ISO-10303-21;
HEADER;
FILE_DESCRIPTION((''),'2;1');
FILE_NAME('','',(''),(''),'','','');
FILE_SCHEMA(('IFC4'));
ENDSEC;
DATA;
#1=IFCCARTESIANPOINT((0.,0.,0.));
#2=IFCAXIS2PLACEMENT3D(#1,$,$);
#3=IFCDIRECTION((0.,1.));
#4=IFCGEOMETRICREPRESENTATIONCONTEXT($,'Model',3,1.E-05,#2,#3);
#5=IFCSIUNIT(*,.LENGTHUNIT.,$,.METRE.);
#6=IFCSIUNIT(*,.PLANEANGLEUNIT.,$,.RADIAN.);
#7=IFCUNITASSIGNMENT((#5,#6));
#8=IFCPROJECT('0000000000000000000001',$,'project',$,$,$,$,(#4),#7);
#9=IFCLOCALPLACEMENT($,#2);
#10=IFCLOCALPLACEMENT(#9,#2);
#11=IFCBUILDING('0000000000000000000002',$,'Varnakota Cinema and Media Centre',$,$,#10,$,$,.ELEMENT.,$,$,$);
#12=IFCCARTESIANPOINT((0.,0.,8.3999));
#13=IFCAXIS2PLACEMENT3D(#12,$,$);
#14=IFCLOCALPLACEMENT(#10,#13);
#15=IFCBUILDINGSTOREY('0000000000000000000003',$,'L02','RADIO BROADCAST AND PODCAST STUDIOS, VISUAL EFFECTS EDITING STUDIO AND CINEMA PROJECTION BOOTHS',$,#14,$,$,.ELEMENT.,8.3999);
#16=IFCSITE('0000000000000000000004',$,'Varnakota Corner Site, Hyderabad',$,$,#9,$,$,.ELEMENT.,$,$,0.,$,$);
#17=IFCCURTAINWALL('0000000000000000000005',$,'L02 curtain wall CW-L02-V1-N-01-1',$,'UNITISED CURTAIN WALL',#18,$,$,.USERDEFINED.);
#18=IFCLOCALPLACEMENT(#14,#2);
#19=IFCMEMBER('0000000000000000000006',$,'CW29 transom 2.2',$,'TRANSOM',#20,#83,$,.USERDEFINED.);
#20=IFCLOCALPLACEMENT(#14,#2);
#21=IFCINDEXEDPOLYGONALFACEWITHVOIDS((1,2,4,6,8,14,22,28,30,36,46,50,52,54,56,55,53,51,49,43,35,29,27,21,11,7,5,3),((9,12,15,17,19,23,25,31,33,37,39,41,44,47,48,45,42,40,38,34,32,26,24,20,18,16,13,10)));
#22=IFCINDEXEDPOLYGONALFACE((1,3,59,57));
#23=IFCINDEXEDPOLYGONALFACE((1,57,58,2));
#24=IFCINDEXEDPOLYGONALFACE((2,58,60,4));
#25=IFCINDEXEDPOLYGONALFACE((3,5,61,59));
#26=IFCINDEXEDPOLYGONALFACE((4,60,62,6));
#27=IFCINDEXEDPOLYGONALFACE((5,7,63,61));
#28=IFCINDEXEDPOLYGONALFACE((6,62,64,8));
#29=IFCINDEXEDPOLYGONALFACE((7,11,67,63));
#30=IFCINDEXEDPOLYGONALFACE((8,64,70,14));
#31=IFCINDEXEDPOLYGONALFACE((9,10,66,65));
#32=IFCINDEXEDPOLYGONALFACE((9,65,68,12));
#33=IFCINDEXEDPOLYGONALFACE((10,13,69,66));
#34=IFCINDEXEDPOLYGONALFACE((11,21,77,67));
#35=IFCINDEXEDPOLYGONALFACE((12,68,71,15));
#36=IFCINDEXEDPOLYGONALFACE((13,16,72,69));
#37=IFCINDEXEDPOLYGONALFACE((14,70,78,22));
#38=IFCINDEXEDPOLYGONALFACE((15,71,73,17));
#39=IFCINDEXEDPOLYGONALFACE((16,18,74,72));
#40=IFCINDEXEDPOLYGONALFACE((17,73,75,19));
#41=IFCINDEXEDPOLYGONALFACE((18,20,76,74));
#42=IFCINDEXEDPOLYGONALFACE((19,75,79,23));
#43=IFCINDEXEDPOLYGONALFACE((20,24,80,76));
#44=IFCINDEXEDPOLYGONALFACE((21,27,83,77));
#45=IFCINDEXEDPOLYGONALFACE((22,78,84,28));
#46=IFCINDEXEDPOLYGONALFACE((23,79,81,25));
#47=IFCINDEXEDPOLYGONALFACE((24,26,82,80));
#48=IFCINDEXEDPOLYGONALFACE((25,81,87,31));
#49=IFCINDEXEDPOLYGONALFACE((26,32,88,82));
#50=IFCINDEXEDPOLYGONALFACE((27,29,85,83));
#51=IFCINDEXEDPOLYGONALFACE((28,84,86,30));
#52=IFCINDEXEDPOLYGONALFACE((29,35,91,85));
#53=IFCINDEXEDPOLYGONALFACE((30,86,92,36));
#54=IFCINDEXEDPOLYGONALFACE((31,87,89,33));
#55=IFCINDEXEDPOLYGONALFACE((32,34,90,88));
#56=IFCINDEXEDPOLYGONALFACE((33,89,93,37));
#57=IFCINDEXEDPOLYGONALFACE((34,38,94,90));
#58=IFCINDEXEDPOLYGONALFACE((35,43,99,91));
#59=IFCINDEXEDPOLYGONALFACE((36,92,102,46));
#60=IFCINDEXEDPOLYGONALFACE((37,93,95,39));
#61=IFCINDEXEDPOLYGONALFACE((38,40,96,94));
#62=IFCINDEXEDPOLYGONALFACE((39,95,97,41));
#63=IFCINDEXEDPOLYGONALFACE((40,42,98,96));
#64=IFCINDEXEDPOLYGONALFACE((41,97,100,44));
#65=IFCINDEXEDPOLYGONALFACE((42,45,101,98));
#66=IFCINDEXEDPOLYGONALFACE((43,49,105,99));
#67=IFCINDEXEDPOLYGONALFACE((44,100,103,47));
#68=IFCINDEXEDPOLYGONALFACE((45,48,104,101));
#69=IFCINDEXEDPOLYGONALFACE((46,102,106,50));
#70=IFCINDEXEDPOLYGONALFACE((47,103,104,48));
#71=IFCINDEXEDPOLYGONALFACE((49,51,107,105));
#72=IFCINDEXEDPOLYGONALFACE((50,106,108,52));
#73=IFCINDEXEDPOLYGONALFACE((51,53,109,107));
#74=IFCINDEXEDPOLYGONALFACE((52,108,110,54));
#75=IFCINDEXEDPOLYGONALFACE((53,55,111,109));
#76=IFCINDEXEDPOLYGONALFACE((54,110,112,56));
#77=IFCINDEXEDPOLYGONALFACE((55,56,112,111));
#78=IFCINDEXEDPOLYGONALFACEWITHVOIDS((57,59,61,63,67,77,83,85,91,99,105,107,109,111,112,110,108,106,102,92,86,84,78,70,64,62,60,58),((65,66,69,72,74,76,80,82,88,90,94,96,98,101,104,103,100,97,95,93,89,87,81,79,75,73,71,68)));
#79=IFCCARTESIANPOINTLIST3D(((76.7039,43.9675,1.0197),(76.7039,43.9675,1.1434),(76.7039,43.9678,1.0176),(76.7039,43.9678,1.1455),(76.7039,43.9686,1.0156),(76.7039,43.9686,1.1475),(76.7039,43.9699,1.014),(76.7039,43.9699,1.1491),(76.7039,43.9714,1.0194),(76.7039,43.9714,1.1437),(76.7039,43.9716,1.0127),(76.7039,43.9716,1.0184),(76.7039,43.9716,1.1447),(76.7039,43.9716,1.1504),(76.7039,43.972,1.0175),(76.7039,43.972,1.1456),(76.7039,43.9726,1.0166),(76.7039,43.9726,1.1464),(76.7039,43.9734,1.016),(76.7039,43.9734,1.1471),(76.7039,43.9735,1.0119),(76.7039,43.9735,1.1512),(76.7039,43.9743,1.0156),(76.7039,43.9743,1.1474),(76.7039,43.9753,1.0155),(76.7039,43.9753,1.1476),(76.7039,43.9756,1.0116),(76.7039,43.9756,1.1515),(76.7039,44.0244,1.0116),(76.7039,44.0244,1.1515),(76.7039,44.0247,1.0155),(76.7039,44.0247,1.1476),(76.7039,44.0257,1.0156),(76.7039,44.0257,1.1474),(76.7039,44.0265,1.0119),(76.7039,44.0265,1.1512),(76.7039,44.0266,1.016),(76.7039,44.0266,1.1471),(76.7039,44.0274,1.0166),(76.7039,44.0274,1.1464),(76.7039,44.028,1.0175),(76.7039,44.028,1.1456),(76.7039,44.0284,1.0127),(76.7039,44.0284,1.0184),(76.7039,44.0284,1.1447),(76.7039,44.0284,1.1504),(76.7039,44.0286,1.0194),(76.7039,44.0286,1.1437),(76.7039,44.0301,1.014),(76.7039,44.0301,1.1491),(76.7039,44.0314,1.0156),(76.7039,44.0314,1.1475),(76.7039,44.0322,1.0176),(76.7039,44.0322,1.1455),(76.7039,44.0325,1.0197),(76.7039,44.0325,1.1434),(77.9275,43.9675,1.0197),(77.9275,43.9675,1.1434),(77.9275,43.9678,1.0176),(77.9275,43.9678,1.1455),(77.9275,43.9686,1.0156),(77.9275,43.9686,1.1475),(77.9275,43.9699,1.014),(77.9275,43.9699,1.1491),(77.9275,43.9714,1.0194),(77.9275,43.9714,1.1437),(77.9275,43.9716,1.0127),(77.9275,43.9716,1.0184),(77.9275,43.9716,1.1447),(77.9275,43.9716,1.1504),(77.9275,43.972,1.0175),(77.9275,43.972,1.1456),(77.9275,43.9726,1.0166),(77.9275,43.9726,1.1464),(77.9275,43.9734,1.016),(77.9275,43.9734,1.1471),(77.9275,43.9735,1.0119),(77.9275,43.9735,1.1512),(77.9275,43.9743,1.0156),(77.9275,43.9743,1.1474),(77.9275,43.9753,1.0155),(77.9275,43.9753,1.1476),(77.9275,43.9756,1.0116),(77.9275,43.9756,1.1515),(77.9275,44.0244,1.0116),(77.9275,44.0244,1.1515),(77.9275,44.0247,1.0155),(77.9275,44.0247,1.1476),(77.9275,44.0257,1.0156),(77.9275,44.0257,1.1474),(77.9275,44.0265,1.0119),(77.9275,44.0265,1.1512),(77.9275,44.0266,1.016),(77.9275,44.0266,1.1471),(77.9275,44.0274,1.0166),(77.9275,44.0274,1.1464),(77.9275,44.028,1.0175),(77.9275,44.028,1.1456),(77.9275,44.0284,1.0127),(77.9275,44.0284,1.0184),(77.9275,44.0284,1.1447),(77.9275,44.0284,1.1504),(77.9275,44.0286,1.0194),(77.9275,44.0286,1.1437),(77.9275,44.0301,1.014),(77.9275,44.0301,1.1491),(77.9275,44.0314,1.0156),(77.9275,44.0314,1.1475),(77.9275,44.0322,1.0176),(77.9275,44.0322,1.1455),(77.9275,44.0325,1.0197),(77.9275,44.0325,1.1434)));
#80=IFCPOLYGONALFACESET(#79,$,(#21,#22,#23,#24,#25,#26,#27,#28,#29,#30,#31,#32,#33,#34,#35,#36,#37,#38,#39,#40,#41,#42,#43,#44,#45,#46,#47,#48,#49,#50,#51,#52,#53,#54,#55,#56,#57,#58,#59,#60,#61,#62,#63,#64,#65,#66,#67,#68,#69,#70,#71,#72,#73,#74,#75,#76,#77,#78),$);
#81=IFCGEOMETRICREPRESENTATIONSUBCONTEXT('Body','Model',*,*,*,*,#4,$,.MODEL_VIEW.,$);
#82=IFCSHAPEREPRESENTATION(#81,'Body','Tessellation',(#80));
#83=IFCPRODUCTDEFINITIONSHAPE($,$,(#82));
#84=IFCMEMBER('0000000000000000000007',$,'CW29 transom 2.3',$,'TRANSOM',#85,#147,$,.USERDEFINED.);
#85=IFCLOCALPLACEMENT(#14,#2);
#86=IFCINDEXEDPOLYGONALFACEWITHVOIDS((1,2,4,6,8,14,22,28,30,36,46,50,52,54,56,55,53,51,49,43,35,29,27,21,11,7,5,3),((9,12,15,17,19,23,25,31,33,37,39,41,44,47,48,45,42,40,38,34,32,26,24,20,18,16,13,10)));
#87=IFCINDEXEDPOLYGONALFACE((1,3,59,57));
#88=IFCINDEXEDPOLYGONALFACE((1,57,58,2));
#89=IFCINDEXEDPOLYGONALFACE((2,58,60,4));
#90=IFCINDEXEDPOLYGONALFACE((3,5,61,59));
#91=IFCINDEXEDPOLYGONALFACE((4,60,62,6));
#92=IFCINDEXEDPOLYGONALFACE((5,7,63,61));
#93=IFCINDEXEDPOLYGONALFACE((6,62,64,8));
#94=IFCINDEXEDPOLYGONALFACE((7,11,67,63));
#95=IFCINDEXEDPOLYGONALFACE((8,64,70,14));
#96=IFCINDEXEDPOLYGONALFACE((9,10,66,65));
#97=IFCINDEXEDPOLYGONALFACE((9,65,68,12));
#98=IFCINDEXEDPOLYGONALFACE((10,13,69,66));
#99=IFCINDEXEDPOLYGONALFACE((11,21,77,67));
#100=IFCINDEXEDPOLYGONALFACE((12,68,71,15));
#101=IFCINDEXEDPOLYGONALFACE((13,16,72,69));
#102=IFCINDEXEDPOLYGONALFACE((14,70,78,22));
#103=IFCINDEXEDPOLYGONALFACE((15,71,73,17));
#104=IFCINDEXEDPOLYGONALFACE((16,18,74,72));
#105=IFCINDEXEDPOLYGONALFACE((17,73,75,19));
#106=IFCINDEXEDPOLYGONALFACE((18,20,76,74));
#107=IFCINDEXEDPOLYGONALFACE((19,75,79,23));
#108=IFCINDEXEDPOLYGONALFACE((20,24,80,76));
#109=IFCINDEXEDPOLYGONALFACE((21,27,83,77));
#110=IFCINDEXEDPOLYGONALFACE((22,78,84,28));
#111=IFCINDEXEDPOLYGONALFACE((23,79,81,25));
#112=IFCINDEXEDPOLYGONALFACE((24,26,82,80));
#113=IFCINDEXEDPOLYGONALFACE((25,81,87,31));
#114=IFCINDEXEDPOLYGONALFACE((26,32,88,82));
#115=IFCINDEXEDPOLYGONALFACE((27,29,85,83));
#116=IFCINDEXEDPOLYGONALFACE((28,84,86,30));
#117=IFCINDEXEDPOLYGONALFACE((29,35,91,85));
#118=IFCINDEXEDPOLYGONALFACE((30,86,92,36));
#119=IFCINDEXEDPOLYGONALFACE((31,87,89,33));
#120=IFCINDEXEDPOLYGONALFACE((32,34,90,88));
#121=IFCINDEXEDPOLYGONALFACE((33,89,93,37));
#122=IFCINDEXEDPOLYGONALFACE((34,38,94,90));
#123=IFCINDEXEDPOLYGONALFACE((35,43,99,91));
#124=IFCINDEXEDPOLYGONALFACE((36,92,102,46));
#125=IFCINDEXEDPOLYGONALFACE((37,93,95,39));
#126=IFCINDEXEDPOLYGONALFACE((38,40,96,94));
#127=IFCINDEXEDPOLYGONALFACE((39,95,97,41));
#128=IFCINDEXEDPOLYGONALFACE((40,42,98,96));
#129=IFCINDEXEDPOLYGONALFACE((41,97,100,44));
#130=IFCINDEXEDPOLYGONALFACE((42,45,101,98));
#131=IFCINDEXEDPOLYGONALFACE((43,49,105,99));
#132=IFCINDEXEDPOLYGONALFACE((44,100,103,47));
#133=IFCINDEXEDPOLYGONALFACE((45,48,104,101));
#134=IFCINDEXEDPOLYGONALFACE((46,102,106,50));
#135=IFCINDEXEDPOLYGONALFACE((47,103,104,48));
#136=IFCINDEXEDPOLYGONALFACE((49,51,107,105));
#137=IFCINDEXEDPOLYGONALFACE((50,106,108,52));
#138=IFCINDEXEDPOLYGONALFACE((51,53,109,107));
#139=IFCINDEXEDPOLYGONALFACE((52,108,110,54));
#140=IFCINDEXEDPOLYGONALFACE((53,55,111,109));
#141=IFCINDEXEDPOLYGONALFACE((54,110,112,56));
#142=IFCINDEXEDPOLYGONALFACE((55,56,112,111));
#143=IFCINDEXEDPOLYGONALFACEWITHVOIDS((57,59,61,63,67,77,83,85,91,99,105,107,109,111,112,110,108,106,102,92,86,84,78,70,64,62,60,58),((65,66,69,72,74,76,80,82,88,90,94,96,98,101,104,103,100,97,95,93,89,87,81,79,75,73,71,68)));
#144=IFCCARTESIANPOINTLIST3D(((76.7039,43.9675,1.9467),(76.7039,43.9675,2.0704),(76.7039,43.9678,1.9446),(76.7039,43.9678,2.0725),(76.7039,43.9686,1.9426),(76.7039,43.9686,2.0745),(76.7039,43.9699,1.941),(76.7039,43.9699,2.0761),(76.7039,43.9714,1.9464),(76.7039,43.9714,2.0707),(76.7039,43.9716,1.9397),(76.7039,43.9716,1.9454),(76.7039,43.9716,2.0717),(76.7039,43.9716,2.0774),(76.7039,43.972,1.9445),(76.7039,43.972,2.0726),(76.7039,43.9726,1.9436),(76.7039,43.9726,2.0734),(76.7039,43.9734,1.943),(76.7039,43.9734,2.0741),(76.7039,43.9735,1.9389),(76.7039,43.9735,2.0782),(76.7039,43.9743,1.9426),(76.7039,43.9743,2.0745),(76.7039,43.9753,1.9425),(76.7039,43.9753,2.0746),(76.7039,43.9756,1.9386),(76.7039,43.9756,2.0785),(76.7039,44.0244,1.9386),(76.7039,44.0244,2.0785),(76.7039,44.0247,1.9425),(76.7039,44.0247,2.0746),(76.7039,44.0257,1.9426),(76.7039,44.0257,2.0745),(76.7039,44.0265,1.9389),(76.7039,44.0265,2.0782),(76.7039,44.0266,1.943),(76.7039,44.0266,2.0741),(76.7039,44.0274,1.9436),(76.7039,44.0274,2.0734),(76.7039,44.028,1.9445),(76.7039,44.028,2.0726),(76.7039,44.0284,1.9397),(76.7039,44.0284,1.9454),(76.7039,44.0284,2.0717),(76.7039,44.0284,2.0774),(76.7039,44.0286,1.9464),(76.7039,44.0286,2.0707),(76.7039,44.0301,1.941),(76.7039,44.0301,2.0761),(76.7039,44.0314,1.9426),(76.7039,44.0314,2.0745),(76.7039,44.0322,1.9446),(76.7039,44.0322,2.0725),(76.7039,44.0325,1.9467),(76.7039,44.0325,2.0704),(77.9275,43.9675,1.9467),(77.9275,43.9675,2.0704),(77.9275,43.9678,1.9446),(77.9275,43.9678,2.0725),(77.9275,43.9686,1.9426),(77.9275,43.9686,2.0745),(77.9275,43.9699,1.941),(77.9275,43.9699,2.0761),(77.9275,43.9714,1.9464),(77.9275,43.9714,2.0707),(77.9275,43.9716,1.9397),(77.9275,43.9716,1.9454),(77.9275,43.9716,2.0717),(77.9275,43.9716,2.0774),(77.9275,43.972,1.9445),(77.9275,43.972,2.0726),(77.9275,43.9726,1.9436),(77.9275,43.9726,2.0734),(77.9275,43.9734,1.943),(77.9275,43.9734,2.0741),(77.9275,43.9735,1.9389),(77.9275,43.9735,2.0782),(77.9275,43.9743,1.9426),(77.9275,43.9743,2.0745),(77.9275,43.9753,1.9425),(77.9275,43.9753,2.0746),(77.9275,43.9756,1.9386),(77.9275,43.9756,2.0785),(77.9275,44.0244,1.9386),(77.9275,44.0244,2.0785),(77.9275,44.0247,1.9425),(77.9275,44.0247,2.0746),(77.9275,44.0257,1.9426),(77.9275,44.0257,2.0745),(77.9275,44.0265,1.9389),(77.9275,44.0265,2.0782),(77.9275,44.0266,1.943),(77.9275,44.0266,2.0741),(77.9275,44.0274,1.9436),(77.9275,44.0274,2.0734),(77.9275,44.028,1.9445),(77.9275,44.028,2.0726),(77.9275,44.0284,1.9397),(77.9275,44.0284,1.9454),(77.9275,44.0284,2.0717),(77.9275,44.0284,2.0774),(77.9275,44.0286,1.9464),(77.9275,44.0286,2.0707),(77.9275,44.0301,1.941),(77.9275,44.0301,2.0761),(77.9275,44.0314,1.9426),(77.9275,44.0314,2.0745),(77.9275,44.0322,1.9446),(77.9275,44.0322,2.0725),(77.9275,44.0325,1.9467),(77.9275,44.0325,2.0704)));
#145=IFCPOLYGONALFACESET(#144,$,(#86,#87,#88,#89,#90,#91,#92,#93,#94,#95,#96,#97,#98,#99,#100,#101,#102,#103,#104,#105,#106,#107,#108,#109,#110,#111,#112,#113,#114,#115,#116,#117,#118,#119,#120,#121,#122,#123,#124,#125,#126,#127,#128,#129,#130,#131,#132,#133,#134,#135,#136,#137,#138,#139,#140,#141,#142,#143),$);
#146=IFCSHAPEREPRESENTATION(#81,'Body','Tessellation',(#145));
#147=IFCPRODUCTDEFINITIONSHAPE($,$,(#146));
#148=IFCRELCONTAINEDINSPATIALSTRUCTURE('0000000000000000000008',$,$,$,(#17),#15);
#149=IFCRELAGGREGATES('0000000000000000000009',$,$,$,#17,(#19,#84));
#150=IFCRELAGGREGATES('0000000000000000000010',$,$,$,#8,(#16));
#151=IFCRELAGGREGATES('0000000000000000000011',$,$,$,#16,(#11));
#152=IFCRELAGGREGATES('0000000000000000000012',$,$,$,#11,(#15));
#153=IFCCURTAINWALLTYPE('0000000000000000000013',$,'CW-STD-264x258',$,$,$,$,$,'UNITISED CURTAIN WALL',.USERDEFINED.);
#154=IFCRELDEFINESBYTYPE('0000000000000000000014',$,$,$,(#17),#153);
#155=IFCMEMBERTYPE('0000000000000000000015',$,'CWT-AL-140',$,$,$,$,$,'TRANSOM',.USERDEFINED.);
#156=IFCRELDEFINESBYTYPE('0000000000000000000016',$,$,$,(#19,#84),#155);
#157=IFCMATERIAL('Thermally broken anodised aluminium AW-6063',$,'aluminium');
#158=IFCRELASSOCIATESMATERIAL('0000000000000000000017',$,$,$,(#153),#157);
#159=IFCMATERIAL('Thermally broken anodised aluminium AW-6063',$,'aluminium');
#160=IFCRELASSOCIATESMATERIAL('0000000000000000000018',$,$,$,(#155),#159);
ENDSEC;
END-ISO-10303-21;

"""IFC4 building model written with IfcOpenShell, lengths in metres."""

from ifc_helpers import new_model, si_unit, direction, frame, origin, origin_2d, place, context, subcontext, project, spatial, hollow_rectangle, extrude, material, material_profile, profile_set, type_object, element, aggregate, save


model = new_model("IFC4")

# Units and contexts
model_context = context("Model", 3, precision=1e-05, world=origin(), true_north=direction((0.0, 1.0)))
body_context = subcontext(model_context, "Body", "Model", "MODEL_VIEW")
ifc_project = project(units=[si_unit("LENGTHUNIT", "METRE"), si_unit("PLANEANGLEUNIT", "RADIAN")], contexts=[model_context])

# Site, building, storey
site_placement = place(None, origin())
site = spatial("IfcSite", under=ifc_project, at=site_placement, Name="Varnakota Corner Site, Hyderabad", CompositionType="ELEMENT", RefElevation=0.0)
building_placement = place(site_placement, origin())
building = spatial("IfcBuilding", under=site, at=building_placement, Name="Varnakota Cinema and Media Centre", CompositionType="ELEMENT")
storey_placement = place(building_placement, frame((0.0, 0.0, 8.3999)))
storey = spatial("IfcBuildingStorey", under=building, at=storey_placement, Name="L02", Description="RADIO BROADCAST AND PODCAST STUDIOS, VISUAL EFFECTS EDITING STUDIO AND CINEMA PROJECTION BOOTHS", CompositionType="ELEMENT", Elevation=8.3999)

# Curtain wall, members
ifc_material_1 = material(Name="Thermally broken anodised aluminium AW-6063", Category="aluminium")
curtain_wall_type = type_object("IfcCurtainWallType", Name="CW-STD-264x258", ElementType="UNITISED CURTAIN WALL", PredefinedType="USERDEFINED", material=ifc_material_1)
curtain_wall_placement = place(storey_placement, origin())
curtain_wall = element("IfcCurtainWall", 1, at=curtain_wall_placement, inside=storey, type_object=curtain_wall_type, Name="L02 curtain wall CW-L02-V1-N-01-1", ObjectType="UNITISED CURTAIN WALL", PredefinedType="USERDEFINED")
ifc_material_2 = material(Name="Thermally broken anodised aluminium AW-6063", Category="aluminium")
ifc_material_profile_1 = material_profile(ifc_material_2, hollow_rectangle(XDim=0.0649, YDim=0.1399, WallThickness=0.0039, InnerFilletRadius=0.0039, OuterFilletRadius=0.0081, at=origin_2d()), Name="AL-TRANSOM 140x65x4")
ifc_profile_set_1 = profile_set([ifc_material_profile_1], Name="Thermally broken anodised aluminium AW-6063")
member_type_1 = type_object("IfcMemberType", Name="CWT-AL-140", ElementType="TRANSOM", PredefinedType="USERDEFINED", material=ifc_profile_set_1)
member_1_placement = place(storey_placement, frame((76.7039, 44.0, 1.0815), z_axis=(1.0, 0.0, 0.0), x_axis=(0.0, 1.0, 0.0)))
member_1 = element("IfcMember", 2, at=member_1_placement, type_object=member_type_1, Name="CW29 transom 2.2", ObjectType="TRANSOM", PredefinedType="USERDEFINED", context=body_context, shape_type="SweptSolid", body=[
    extrude(hollow_rectangle(XDim=0.0649, YDim=0.1399, WallThickness=0.0039, InnerFilletRadius=0.0039, OuterFilletRadius=0.0081, at=origin_2d()), origin(), (0.0, 0.0, 1.0), 1.2236),
])
member_2_placement = place(storey_placement, frame((76.7039, 44.0, 2.0085), z_axis=(1.0, 0.0, 0.0), x_axis=(0.0, 1.0, 0.0)))
member_2 = element("IfcMember", 3, at=member_2_placement, type_object=member_type_1, Name="CW29 transom 2.3", ObjectType="TRANSOM", PredefinedType="USERDEFINED", context=body_context, shape_type="SweptSolid", body=[
    extrude(hollow_rectangle(XDim=0.0649, YDim=0.1399, WallThickness=0.0039, InnerFilletRadius=0.0039, OuterFilletRadius=0.0081, at=origin_2d()), origin(), (0.0, 0.0, 1.0), 1.2236),
])
aggregate(curtain_wall, [member_1, member_2])

save(model, "model.ifc")
